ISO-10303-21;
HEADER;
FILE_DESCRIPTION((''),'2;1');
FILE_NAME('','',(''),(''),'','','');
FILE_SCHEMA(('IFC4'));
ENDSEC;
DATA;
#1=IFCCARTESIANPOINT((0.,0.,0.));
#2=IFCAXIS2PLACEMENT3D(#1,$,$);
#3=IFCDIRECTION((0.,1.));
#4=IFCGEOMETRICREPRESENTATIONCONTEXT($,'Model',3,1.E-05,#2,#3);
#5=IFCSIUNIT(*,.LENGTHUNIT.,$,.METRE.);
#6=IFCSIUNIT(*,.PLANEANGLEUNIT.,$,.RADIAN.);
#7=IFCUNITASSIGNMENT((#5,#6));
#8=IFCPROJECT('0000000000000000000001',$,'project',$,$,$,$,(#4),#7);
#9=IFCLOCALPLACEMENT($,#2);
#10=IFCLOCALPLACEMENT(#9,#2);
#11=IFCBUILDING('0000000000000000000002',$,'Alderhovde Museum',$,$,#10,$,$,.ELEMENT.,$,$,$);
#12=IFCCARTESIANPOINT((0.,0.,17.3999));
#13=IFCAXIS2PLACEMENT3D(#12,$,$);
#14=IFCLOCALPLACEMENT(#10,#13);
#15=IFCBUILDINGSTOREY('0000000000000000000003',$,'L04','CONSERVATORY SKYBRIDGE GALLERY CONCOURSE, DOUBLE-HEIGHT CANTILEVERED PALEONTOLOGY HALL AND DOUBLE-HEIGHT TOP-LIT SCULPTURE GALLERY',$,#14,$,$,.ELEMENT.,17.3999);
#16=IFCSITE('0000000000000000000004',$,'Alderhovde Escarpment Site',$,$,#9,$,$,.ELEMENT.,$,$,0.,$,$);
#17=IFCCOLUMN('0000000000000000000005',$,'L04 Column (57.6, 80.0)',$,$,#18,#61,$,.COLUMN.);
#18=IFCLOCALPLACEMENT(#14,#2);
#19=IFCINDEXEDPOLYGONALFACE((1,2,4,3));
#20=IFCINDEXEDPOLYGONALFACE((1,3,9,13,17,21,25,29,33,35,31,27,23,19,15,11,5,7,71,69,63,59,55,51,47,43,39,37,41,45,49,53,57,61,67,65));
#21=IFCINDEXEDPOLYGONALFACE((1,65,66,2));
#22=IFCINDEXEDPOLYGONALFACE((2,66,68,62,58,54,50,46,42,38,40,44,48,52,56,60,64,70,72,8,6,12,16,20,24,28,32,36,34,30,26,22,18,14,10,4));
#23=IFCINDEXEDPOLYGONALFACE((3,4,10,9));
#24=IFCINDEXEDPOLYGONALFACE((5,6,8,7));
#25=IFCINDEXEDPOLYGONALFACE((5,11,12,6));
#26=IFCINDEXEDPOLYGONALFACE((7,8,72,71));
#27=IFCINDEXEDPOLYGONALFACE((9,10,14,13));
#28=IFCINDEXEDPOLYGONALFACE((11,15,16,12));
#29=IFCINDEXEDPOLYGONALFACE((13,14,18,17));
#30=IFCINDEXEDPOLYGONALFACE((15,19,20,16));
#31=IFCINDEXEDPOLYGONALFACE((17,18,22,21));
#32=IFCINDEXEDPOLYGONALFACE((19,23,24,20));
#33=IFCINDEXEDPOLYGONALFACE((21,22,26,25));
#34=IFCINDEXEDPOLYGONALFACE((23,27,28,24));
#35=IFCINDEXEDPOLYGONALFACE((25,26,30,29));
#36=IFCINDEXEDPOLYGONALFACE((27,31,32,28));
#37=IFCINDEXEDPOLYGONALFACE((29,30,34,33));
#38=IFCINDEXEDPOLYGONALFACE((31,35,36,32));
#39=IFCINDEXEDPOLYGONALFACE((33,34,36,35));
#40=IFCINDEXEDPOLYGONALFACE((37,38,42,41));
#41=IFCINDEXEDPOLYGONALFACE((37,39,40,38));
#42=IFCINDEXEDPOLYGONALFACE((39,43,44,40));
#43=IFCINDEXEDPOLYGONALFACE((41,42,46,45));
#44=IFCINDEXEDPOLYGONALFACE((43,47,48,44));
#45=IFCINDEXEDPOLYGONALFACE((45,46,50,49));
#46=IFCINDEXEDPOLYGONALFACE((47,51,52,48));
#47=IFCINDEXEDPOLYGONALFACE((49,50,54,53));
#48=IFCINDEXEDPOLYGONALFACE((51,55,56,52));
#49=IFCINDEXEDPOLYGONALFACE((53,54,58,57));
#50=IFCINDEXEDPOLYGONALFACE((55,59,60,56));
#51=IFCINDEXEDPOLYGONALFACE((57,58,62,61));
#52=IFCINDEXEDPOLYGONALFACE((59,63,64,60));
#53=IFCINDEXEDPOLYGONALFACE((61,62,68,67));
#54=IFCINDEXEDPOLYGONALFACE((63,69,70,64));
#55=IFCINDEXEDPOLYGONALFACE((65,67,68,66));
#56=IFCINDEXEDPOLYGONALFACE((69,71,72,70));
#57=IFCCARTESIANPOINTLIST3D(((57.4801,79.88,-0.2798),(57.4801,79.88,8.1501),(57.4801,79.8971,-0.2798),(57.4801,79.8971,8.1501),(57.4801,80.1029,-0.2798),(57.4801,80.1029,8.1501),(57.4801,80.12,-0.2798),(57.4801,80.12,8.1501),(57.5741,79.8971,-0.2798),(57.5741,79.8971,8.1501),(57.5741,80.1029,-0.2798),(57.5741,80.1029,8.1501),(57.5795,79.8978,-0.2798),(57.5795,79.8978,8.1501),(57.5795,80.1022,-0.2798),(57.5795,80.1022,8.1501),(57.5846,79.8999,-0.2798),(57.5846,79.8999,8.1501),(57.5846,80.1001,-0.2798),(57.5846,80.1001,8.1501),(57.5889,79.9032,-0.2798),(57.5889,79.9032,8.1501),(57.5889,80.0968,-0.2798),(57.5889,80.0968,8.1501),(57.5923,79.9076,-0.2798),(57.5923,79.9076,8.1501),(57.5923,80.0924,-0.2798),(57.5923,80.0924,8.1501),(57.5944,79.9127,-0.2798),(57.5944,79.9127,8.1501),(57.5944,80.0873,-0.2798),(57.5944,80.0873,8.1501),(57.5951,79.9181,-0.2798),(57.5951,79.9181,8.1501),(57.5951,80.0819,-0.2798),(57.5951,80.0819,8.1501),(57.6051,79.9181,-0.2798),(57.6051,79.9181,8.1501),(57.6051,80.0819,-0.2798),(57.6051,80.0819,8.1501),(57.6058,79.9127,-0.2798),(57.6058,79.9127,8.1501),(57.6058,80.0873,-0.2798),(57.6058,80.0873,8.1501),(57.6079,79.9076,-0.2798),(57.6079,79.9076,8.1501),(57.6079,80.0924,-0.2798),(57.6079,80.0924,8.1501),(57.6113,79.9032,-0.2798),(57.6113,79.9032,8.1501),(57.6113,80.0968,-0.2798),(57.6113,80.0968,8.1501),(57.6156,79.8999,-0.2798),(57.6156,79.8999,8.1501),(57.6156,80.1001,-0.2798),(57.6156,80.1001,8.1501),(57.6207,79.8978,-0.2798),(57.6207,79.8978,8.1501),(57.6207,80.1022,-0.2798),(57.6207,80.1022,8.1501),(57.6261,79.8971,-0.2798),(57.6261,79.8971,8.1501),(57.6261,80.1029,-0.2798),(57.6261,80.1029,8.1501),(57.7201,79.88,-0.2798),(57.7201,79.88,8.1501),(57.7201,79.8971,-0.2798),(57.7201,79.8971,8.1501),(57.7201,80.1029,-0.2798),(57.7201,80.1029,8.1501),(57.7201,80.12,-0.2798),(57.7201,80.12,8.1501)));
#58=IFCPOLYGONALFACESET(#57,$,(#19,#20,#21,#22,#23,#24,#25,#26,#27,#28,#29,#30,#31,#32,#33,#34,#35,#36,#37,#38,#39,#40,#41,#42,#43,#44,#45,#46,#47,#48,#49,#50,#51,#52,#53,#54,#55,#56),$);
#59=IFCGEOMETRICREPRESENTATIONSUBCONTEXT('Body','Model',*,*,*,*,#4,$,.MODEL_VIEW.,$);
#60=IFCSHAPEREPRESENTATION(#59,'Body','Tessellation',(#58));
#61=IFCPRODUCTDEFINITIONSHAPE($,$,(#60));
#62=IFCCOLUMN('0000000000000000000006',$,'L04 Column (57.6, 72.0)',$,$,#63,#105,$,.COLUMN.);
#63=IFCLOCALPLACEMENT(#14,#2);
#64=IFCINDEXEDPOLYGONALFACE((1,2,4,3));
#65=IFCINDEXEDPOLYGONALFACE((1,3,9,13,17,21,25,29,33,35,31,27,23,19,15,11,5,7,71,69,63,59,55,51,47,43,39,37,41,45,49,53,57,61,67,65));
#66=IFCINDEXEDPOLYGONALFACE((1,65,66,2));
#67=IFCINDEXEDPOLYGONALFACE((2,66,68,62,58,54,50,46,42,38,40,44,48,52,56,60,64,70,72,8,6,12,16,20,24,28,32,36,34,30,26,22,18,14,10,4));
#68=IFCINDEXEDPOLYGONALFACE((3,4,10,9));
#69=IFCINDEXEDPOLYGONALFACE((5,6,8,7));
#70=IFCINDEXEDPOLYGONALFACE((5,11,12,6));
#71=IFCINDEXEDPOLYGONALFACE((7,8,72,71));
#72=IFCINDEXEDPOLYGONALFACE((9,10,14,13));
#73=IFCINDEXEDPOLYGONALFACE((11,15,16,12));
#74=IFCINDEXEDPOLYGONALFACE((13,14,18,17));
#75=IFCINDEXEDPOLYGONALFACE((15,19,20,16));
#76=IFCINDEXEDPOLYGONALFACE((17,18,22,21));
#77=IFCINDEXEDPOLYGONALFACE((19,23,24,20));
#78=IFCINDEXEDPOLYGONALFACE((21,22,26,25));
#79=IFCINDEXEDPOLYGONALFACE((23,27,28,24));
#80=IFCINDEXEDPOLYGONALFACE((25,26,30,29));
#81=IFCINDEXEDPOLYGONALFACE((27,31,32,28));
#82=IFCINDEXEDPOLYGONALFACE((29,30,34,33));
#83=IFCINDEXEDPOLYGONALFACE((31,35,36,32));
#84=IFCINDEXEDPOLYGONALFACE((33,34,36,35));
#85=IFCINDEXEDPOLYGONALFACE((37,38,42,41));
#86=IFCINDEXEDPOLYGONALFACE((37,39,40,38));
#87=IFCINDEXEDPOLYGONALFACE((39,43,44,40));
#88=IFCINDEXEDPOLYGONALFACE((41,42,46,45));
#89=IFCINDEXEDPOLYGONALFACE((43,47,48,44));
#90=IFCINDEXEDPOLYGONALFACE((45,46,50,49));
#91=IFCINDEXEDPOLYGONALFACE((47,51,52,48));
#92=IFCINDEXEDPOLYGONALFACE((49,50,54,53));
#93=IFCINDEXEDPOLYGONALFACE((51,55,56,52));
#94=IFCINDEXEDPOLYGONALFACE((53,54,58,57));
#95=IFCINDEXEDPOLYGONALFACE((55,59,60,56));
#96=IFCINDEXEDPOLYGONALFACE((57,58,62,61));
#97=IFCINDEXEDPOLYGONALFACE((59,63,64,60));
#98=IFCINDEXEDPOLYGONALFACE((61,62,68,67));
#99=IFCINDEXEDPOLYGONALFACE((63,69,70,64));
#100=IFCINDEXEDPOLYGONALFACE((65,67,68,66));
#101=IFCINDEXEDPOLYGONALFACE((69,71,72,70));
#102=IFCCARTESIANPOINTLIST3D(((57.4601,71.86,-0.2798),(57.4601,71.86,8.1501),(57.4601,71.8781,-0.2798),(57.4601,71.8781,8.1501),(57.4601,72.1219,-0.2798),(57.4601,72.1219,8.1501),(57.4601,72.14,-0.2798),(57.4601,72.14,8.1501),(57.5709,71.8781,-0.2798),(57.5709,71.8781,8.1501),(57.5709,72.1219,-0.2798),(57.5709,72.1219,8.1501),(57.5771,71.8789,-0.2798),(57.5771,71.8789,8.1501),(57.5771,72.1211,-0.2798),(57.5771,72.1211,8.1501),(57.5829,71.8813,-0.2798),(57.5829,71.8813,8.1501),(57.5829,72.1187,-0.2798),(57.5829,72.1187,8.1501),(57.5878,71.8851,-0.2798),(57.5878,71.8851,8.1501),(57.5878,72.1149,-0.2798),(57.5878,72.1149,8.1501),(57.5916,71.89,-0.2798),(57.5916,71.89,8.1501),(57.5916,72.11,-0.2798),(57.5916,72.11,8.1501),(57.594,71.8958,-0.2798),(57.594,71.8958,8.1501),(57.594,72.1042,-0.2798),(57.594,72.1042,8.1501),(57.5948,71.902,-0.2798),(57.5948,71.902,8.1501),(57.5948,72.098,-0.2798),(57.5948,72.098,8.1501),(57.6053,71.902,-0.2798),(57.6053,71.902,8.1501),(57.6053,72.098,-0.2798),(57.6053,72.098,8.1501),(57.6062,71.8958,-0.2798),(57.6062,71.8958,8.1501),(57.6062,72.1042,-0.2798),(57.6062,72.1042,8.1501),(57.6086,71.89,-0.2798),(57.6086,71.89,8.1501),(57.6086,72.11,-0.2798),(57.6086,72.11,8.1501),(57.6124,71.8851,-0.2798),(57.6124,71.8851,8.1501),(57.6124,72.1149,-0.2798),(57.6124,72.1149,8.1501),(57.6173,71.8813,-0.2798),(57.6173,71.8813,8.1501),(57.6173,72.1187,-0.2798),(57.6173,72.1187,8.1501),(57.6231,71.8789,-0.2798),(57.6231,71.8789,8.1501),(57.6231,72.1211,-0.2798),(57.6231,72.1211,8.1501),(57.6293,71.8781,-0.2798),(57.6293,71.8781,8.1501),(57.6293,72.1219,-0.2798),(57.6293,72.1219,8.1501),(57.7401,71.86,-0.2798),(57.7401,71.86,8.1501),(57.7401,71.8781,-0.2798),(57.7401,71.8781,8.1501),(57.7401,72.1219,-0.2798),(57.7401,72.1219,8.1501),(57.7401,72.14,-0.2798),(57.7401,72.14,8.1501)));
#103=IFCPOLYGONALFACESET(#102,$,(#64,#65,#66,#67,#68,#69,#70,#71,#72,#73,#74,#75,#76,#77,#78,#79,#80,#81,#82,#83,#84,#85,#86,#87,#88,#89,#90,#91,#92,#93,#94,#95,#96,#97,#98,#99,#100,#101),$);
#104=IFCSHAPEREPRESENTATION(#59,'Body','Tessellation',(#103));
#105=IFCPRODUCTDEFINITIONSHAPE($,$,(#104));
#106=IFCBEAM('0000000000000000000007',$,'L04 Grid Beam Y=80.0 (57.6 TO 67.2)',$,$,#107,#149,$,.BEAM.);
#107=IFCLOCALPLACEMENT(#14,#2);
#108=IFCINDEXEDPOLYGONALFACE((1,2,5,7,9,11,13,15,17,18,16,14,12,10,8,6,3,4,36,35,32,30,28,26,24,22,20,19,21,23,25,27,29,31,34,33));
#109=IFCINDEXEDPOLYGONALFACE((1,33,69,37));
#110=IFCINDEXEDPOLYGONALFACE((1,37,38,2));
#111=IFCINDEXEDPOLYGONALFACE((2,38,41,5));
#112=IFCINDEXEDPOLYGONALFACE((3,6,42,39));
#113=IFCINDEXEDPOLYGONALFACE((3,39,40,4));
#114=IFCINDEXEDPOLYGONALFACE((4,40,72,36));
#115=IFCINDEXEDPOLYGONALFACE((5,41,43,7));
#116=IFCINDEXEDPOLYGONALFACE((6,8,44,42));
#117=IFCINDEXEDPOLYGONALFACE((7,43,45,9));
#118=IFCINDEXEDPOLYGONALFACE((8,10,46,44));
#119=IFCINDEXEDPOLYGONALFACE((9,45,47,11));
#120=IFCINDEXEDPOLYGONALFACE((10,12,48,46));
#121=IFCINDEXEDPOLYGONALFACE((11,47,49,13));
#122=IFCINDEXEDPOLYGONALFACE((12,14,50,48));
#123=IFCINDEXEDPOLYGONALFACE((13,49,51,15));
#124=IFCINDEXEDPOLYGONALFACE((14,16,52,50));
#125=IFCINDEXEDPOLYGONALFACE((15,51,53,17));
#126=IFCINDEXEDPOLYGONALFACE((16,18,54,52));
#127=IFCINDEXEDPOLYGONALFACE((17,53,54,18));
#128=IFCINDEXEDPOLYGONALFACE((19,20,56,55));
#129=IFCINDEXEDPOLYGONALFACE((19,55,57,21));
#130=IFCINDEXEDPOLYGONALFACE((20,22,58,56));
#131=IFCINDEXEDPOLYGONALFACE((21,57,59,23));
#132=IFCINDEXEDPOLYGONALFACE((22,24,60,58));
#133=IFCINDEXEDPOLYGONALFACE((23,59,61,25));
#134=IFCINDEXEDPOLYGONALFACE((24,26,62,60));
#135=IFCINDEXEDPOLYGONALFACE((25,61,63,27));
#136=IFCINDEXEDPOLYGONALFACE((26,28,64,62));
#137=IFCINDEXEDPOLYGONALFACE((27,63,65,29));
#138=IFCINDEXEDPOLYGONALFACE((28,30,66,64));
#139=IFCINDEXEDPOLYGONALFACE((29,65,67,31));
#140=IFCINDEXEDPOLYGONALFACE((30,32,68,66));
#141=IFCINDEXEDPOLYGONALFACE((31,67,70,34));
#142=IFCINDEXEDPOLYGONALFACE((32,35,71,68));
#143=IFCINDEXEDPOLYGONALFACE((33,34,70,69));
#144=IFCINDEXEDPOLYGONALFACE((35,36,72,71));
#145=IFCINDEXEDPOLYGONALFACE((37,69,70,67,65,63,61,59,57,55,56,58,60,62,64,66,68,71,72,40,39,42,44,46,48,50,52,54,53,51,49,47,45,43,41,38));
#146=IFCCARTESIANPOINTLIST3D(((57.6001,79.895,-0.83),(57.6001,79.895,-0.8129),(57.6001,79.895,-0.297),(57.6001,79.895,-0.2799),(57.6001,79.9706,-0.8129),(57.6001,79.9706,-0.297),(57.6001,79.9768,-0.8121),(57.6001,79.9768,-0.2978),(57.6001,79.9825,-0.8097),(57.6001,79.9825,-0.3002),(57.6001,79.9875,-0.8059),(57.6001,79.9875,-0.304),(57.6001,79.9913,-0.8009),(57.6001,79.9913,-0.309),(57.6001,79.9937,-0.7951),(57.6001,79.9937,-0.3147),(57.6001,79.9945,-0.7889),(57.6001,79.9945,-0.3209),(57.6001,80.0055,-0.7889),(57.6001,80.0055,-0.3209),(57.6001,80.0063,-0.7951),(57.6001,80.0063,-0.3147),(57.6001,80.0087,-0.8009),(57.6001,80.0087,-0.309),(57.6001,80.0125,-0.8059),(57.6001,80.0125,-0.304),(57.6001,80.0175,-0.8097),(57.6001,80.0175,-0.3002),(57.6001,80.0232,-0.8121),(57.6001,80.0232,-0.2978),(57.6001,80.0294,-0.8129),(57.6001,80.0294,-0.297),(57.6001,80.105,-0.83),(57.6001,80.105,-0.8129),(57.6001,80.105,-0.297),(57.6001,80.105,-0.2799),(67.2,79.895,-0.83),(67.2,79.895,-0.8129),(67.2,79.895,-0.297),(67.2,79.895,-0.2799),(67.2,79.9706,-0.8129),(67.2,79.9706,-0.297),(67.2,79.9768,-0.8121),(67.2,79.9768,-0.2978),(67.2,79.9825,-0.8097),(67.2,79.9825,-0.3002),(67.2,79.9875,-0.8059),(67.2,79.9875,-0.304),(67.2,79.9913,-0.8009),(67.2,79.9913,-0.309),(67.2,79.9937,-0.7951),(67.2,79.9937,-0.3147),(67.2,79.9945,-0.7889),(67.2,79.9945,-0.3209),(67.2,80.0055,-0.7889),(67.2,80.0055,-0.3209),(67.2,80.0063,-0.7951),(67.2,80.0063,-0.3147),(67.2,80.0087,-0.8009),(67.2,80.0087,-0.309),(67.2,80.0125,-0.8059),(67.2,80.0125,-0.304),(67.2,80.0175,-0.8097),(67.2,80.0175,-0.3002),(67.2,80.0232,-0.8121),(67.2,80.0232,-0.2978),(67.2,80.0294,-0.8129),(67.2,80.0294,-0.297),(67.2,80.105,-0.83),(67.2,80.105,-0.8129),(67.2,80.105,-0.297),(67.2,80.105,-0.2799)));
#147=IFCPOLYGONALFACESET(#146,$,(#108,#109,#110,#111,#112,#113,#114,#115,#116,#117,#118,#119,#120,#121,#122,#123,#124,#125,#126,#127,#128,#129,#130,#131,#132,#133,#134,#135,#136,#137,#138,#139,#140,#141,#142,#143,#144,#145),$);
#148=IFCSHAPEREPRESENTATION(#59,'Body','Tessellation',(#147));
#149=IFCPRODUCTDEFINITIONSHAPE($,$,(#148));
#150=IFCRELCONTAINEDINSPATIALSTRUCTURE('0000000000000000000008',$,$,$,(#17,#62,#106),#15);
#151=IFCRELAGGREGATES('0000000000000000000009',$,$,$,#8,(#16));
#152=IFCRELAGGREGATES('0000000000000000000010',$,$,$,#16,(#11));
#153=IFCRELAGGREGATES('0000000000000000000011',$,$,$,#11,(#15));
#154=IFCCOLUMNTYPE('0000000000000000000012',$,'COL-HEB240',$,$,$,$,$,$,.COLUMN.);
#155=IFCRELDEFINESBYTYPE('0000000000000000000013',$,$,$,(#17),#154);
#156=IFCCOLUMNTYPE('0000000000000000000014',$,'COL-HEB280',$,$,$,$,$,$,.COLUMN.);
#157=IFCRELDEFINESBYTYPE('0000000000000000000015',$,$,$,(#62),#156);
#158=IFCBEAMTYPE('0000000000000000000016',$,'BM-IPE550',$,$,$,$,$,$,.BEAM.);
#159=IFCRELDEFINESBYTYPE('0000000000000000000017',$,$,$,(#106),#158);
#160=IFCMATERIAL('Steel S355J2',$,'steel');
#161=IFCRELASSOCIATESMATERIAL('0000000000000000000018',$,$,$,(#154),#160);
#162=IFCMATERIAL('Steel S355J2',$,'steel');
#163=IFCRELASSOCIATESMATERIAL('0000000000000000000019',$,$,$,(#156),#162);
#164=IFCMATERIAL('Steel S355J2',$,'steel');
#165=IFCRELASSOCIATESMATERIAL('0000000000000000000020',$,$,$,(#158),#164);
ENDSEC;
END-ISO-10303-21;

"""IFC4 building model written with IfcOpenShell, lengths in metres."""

from ifc_helpers import new_model, si_unit, direction, frame, origin, origin_2d, place, context, subcontext, project, spatial, i_section, extrude, material, material_profile, profile_set, type_object, element, save


model = new_model("IFC4")

# Units and contexts
model_context = context("Model", 3, precision=1e-05, world=origin(), true_north=direction((0.0, 1.0)))
body_context = subcontext(model_context, "Body", "Model", "MODEL_VIEW")
ifc_project = project(units=[si_unit("LENGTHUNIT", "METRE"), si_unit("PLANEANGLEUNIT", "RADIAN")], contexts=[model_context])

# Site, building, storey
site_placement = place(None, origin())
site = spatial("IfcSite", under=ifc_project, at=site_placement, Name="Alderhovde Escarpment Site", CompositionType="ELEMENT", RefElevation=0.0)
building_placement = place(site_placement, origin())
building = spatial("IfcBuilding", under=site, at=building_placement, Name="Alderhovde Museum", CompositionType="ELEMENT")
storey_placement = place(building_placement, frame((0.0, 0.0, 17.3999)))
storey = spatial("IfcBuildingStorey", under=building, at=storey_placement, Name="L04", Description="CONSERVATORY SKYBRIDGE GALLERY CONCOURSE, DOUBLE-HEIGHT CANTILEVERED PALEONTOLOGY HALL AND DOUBLE-HEIGHT TOP-LIT SCULPTURE GALLERY", CompositionType="ELEMENT", Elevation=17.3999)

# Columns
ifc_material_1 = material(Name="Steel S355J2", Category="steel")
ifc_material_profile_1 = material_profile(ifc_material_1, i_section(OverallWidth=0.24, OverallDepth=0.24, WebThickness=0.01, FlangeThickness=0.0171, FilletRadius=0.021, at=origin_2d()), Name="HEB 240")
ifc_profile_set_1 = profile_set([ifc_material_profile_1], Name="Steel S355J2")
column_type_1 = type_object("IfcColumnType", Name="COL-HEB240", PredefinedType="COLUMN", material=ifc_profile_set_1)
column_1_placement = place(storey_placement, frame((57.6001, 80.0, -0.2798), z_axis=(0.0, 0.0, 1.0), x_axis=(1.0, 0.0, 0.0)))
element("IfcColumn", 1, at=column_1_placement, inside=storey, type_object=column_type_1, Name="L04 Column (57.6, 80.0)", PredefinedType="COLUMN", context=body_context, shape_type="SweptSolid", body=[
    extrude(i_section(OverallWidth=0.24, OverallDepth=0.24, WebThickness=0.01, FlangeThickness=0.0171, FilletRadius=0.021, at=origin_2d()), origin(), (0.0, 0.0, 1.0), 8.4299),
])
ifc_material_2 = material(Name="Steel S355J2", Category="steel")
ifc_material_profile_2 = material_profile(ifc_material_2, i_section(OverallWidth=0.28, OverallDepth=0.28, WebThickness=0.0105, FlangeThickness=0.0181, FilletRadius=0.0239, at=origin_2d()), Name="HEB 280")
ifc_profile_set_2 = profile_set([ifc_material_profile_2], Name="Steel S355J2")
column_type_2 = type_object("IfcColumnType", Name="COL-HEB280", PredefinedType="COLUMN", material=ifc_profile_set_2)
column_2_placement = place(storey_placement, frame((57.6001, 72.0, -0.2798), z_axis=(0.0, 0.0, 1.0), x_axis=(1.0, 0.0, 0.0)))
element("IfcColumn", 2, at=column_2_placement, inside=storey, type_object=column_type_2, Name="L04 Column (57.6, 72.0)", PredefinedType="COLUMN", context=body_context, shape_type="SweptSolid", body=[
    extrude(i_section(OverallWidth=0.28, OverallDepth=0.28, WebThickness=0.0105, FlangeThickness=0.0181, FilletRadius=0.0239, at=origin_2d()), origin(), (0.0, 0.0, 1.0), 8.4299),
])

# Beam
ifc_material_3 = material(Name="Steel S355J2", Category="steel")
ifc_material_profile_3 = material_profile(ifc_material_3, i_section(OverallWidth=0.21, OverallDepth=0.55, WebThickness=0.011, FlangeThickness=0.0171, FilletRadius=0.0239, at=origin_2d()), Name="IPE 550")
ifc_profile_set_3 = profile_set([ifc_material_profile_3], Name="Steel S355J2")
beam_type_1 = type_object("IfcBeamType", Name="BM-IPE550", PredefinedType="BEAM", material=ifc_profile_set_3)
beam_1_placement = place(storey_placement, frame((57.6001, 80.0, -0.5549), z_axis=(1.0, 0.0, 0.0), x_axis=(0.0, 1.0, 0.0)))
element("IfcBeam", 3, at=beam_1_placement, inside=storey, type_object=beam_type_1, Name="L04 Grid Beam Y=80.0 (57.6 TO 67.2)", PredefinedType="BEAM", context=body_context, shape_type="SweptSolid", body=[
    extrude(i_section(OverallWidth=0.21, OverallDepth=0.55, WebThickness=0.011, FlangeThickness=0.0171, FilletRadius=0.0239, at=origin_2d()), origin(), (0.0, 0.0, 1.0), 9.5999),
])

save(model, "model.ifc")
